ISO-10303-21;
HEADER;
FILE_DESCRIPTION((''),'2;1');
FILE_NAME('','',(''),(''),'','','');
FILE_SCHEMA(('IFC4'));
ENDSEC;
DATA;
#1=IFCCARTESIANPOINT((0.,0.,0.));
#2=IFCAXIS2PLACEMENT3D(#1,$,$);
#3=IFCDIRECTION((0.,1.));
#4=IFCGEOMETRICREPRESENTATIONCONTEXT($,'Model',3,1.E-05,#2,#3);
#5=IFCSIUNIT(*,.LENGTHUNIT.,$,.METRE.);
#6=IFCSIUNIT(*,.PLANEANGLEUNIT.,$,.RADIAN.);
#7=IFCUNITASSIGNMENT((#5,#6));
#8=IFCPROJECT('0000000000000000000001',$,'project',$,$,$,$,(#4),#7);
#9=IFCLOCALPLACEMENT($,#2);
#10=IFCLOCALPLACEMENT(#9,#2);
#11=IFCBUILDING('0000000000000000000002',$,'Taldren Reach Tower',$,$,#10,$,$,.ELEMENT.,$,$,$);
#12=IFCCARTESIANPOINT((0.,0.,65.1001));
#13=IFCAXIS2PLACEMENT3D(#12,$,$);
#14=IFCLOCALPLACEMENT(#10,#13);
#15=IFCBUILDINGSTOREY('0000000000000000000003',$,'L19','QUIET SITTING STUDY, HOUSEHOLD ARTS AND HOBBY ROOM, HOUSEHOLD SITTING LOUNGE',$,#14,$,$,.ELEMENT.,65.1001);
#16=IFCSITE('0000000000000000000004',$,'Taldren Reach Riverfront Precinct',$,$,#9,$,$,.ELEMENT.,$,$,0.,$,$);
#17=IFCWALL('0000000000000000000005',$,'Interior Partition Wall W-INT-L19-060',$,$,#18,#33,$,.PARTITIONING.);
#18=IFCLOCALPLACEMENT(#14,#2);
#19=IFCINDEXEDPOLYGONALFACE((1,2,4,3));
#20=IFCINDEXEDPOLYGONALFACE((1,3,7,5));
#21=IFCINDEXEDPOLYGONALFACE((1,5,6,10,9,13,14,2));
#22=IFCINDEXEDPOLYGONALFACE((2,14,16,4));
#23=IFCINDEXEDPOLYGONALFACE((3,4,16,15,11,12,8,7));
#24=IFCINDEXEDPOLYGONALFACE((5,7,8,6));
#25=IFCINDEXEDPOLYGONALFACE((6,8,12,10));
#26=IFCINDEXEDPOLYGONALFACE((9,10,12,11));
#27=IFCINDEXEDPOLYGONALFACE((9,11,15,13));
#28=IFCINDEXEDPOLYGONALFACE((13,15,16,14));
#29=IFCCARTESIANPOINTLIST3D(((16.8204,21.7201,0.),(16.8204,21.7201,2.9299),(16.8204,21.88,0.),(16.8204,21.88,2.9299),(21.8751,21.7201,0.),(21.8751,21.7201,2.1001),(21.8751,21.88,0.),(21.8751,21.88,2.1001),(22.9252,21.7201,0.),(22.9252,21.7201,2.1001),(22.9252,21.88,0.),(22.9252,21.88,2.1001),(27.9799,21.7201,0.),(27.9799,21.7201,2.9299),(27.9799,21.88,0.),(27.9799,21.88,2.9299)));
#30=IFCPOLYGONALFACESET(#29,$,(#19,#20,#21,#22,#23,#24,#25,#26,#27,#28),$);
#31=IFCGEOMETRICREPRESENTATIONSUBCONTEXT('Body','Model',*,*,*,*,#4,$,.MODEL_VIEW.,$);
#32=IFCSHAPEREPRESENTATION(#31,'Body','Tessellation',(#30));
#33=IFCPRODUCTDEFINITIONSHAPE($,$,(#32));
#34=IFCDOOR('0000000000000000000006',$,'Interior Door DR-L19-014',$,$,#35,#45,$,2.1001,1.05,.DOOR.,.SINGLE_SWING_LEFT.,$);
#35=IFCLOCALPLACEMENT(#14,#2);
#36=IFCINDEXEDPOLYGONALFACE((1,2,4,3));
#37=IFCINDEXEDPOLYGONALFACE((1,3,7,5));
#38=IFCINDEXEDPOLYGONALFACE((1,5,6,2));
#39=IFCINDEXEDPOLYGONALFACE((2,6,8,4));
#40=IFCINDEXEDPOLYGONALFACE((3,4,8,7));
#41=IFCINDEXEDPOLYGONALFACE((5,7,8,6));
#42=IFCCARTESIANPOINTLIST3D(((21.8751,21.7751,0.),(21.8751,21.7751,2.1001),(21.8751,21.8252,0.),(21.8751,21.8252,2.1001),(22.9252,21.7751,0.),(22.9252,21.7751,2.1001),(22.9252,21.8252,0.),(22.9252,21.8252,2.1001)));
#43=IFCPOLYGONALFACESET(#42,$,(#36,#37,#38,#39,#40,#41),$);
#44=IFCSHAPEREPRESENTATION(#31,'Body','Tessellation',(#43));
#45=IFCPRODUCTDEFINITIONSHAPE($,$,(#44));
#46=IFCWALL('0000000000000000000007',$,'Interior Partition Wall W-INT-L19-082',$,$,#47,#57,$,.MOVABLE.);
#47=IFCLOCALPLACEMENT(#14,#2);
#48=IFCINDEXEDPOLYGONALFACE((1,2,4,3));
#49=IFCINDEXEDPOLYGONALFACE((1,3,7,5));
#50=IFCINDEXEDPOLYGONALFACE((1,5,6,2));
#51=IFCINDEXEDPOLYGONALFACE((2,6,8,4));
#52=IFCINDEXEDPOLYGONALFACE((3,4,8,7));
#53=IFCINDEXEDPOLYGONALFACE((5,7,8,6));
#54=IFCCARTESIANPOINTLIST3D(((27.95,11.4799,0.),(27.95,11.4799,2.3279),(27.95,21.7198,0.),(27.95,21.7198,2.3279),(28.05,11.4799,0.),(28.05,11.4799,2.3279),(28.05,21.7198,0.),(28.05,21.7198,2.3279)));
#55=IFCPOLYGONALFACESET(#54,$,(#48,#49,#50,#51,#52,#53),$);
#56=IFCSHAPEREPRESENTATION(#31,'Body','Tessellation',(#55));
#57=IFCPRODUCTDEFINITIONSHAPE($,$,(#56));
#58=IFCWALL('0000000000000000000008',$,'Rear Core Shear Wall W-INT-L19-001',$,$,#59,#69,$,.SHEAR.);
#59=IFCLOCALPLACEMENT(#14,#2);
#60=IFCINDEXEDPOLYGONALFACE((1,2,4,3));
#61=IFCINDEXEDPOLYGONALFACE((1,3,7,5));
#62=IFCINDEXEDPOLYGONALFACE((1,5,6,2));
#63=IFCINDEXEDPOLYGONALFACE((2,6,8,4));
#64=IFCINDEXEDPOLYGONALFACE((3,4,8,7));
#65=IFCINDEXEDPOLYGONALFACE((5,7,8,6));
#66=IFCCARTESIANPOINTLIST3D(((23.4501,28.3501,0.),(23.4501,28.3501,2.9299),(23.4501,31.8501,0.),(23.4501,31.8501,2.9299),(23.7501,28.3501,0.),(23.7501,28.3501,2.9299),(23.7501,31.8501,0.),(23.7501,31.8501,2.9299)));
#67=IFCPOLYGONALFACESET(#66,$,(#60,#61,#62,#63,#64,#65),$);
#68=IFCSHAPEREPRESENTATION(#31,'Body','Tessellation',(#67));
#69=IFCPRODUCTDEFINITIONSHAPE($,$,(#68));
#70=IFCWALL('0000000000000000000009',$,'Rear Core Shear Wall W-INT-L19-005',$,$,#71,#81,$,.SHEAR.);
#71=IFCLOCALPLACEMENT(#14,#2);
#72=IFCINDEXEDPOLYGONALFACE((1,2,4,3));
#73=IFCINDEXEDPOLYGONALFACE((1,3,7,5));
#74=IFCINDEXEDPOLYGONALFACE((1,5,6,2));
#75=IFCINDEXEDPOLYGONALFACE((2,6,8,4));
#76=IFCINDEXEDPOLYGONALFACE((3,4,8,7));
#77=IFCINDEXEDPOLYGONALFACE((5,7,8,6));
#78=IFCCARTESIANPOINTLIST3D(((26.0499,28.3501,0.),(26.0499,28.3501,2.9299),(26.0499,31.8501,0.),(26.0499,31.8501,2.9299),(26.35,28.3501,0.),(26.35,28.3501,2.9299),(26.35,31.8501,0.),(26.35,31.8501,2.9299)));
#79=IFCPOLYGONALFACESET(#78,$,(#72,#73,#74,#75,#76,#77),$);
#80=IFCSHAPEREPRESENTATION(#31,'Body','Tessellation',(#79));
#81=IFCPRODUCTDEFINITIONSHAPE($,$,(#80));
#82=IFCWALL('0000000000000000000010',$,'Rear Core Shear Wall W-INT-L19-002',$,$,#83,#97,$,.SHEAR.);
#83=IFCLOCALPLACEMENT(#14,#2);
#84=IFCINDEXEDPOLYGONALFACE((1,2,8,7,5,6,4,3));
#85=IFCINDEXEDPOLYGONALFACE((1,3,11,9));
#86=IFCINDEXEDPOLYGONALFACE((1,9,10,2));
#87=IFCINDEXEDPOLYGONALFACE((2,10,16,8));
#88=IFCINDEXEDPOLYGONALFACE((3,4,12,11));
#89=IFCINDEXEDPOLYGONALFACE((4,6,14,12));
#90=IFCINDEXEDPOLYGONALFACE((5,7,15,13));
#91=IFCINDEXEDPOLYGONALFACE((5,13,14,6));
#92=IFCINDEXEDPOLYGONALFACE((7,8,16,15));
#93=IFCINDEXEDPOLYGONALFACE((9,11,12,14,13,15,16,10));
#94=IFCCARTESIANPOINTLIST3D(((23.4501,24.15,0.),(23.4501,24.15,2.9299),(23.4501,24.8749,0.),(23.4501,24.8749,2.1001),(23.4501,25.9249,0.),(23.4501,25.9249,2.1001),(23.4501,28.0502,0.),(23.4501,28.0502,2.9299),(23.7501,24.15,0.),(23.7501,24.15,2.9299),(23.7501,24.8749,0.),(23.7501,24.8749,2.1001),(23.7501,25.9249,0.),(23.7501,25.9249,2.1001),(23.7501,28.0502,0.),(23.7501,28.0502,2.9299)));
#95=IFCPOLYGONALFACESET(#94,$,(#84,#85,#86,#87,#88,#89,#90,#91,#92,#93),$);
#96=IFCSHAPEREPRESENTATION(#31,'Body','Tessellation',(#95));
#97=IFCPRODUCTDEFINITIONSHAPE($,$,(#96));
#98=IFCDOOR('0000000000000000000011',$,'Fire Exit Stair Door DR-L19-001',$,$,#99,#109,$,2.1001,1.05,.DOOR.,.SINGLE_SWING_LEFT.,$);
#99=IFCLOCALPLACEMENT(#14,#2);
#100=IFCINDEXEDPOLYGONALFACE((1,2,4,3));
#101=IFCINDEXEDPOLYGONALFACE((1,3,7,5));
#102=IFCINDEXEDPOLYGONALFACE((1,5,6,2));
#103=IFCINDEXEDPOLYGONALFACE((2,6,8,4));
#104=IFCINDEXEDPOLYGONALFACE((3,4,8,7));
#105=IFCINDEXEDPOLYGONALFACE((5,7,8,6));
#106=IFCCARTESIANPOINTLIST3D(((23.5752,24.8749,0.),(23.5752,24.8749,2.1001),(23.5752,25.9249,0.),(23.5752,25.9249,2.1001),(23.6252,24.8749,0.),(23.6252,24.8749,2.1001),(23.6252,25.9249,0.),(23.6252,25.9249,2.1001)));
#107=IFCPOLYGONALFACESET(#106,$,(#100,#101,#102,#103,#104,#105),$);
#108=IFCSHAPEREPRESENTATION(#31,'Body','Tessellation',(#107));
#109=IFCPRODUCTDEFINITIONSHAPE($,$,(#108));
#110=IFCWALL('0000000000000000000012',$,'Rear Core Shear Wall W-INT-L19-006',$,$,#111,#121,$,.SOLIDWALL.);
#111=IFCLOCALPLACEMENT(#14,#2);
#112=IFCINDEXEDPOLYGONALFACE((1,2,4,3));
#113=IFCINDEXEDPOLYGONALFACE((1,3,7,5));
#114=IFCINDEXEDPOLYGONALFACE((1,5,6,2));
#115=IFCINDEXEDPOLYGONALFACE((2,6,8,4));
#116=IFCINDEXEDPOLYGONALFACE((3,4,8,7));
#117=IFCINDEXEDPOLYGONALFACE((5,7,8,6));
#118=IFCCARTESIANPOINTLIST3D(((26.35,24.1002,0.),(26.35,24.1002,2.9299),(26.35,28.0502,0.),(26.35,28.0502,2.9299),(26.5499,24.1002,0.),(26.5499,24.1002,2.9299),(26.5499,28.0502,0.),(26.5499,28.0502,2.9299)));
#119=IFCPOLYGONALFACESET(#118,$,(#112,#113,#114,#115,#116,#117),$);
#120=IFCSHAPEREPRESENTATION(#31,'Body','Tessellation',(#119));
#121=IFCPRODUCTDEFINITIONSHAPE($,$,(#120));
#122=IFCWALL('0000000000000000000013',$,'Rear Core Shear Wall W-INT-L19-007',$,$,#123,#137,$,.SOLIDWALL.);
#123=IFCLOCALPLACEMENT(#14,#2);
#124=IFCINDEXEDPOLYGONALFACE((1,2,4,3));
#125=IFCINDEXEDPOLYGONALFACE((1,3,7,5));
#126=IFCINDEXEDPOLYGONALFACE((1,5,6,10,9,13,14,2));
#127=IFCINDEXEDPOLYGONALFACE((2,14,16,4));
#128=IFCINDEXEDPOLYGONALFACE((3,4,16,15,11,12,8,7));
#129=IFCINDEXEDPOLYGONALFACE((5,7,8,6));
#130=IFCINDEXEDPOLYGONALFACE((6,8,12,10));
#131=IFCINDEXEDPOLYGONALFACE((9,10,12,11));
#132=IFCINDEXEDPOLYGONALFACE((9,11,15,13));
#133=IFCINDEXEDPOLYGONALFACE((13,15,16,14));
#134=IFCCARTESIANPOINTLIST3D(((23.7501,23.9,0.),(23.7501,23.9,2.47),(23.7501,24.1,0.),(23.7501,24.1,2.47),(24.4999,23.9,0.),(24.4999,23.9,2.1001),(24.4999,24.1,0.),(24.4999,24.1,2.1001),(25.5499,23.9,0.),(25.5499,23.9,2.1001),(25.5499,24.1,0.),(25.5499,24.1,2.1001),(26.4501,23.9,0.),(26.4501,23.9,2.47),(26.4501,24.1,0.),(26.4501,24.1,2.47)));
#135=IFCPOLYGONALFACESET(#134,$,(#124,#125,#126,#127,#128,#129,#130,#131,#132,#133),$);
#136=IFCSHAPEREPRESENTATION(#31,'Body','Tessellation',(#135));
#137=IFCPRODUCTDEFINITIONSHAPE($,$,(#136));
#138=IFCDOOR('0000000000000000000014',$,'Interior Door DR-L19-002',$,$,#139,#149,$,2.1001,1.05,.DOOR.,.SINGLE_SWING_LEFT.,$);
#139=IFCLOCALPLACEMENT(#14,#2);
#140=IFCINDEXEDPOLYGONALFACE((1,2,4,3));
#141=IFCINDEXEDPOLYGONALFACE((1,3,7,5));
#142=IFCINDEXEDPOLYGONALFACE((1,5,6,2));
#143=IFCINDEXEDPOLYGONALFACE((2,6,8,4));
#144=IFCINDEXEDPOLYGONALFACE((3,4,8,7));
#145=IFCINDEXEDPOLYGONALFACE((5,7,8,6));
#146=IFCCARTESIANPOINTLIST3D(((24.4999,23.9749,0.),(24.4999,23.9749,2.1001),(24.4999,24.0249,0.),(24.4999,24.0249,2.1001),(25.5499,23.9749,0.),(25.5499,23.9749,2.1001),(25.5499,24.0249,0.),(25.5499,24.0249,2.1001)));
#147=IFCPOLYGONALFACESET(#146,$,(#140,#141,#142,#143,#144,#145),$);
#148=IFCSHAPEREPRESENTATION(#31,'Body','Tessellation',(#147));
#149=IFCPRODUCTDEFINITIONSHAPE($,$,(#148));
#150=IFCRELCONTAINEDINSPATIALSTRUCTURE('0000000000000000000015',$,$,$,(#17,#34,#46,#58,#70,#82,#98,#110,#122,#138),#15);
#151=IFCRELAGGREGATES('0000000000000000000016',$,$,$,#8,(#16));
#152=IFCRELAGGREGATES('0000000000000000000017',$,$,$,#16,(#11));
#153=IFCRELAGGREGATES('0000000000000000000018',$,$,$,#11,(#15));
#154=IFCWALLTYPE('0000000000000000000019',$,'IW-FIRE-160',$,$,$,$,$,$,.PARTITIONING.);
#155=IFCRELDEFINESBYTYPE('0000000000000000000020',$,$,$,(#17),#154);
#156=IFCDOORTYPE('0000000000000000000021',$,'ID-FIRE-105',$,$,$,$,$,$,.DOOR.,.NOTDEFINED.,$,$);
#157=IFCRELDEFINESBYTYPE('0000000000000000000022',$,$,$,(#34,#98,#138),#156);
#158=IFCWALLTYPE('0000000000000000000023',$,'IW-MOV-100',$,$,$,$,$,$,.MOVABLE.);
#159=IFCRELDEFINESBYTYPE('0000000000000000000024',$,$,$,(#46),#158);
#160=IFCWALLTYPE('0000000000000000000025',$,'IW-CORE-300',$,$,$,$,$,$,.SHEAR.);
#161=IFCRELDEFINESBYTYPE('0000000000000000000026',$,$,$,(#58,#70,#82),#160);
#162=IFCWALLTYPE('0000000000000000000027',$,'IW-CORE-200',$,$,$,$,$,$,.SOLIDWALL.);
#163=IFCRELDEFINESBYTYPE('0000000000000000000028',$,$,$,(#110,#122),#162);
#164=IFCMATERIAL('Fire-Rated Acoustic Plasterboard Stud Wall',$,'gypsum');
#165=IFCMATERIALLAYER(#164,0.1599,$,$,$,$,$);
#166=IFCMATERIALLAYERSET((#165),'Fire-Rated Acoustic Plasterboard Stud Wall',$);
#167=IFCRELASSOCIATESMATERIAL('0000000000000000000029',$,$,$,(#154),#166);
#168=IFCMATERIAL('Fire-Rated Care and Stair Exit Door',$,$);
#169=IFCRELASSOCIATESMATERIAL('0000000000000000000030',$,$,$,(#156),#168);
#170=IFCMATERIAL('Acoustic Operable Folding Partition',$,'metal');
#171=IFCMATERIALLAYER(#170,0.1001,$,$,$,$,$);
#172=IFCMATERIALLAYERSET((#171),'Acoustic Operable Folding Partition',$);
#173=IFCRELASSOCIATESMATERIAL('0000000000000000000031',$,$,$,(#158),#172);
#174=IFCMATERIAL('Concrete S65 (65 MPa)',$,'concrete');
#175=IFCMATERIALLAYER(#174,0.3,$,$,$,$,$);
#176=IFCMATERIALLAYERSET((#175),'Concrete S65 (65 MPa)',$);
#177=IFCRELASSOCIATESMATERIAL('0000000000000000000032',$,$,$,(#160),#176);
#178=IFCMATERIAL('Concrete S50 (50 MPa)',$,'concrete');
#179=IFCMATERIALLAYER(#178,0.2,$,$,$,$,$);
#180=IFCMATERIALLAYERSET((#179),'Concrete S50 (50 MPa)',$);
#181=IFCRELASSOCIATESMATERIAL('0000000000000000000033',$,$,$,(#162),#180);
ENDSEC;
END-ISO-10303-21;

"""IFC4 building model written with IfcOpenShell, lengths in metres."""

from ifc_helpers import new_model, si_unit, direction, frame, frame_2d, origin, place, context, subcontext, project, spatial, rectangle, extrude, source, transform, mapped, material, layer, layer_set, type_object, element, fill, save


model = new_model("IFC4")

# Units and contexts
model_context = context("Model", 3, precision=1e-05, world=origin(), true_north=direction((0.0, 1.0)))
body_context = subcontext(model_context, "Body", "Model", "MODEL_VIEW")
ifc_project = project(units=[si_unit("LENGTHUNIT", "METRE"), si_unit("PLANEANGLEUNIT", "RADIAN")], contexts=[model_context])

# Site, building, storey
site_placement = place(None, origin())
site = spatial("IfcSite", under=ifc_project, at=site_placement, Name="Taldren Reach Riverfront Precinct", CompositionType="ELEMENT", RefElevation=0.0)
building_placement = place(site_placement, origin())
building = spatial("IfcBuilding", under=site, at=building_placement, Name="Taldren Reach Tower", CompositionType="ELEMENT")
storey_placement = place(building_placement, frame((0.0, 0.0, 65.1001)))
storey = spatial("IfcBuildingStorey", under=building, at=storey_placement, Name="L19", Description="QUIET SITTING STUDY, HOUSEHOLD ARTS AND HOBBY ROOM, HOUSEHOLD SITTING LOUNGE", CompositionType="ELEMENT", Elevation=65.1001)

# Shared definitions
ifc_material_1 = material(Name="Concrete S65 (65 MPa)", Category="concrete")

# Wall, opening, door
ifc_material_2 = material(Name="Fire-Rated Acoustic Plasterboard Stud Wall", Category="gypsum")
ifc_layer_1 = layer(ifc_material_2, 0.1599)
ifc_layer_set_1 = layer_set([ifc_layer_1], Name="Fire-Rated Acoustic Plasterboard Stud Wall")
wall_type_1 = type_object("IfcWallType", Name="IW-FIRE-160", PredefinedType="PARTITIONING", material=ifc_layer_set_1)
shared_shape_1 = source(origin(), body_context, "Body", "SweptSolid", [
    extrude(rectangle(XDim=11.1594, YDim=0.1599, at=frame_2d((5.5796, 0.0))), origin(), (0.0, 0.0, 1.0), 2.9299),
])
wall_1_placement = place(storey_placement, frame((27.9797, 21.8, 0.0), z_axis=(0.0, 0.0, 1.0), x_axis=(-1.0, 0.0, 0.0)))
wall_1 = element("IfcWall", 1, at=wall_1_placement, inside=storey, type_object=wall_type_1, Name="Interior Partition Wall W-INT-L19-060", PredefinedType="PARTITIONING", context=body_context, shape_type="MappedRepresentation", body=[
    mapped(shared_shape_1, transform((0.0, 0.0, 0.0), scale=1.0)),
])
shared_shape_2 = source(origin(), body_context, "Body", "SweptSolid", [
    extrude(rectangle(XDim=1.05, YDim=2.1001, at=frame_2d((0.5249, 1.05))), frame((0.0, 0.0898, 0.0), z_axis=(0.0, -1.0, 0.0), x_axis=(1.0, 0.0, 0.0)), (0.0, 0.0, 1.0), 0.1799),
])
opening_1_placement = place(wall_1_placement, frame((5.0547, 0.0, 0.0)))
opening_1 = element("IfcOpeningElement", 2, at=opening_1_placement, cuts=wall_1, PredefinedType="OPENING", context=body_context, shape_type="MappedRepresentation", body=[
    mapped(shared_shape_2, transform((0.0, 0.0, 0.0), scale=1.0)),
])
ifc_material_3 = material(Name="Fire-Rated Care and Stair Exit Door")
door_type_1 = type_object("IfcDoorType", Name="ID-FIRE-105", OperationType="NOTDEFINED", PredefinedType="DOOR", material=ifc_material_3)
shared_shape_3 = source(origin(), body_context, "Body", "SweptSolid", [
    extrude(rectangle(XDim=1.05, YDim=2.1001, at=frame_2d((0.5249, 1.05))), frame((0.0, 0.0249, 0.0), z_axis=(0.0, -1.0, 0.0), x_axis=(1.0, 0.0, 0.0)), (0.0, 0.0, 1.0), 0.05),
])
door_1_placement = place(opening_1_placement, origin())
door_1 = element("IfcDoor", 3, at=door_1_placement, inside=storey, type_object=door_type_1, Name="Interior Door DR-L19-014", OperationType="SINGLE_SWING_LEFT", OverallHeight=2.1001, OverallWidth=1.05, PredefinedType="DOOR", context=body_context, shape_type="MappedRepresentation", body=[
    mapped(shared_shape_3, transform((0.0, 0.0, 0.0), scale=1.0)),
])
fill(opening_1, door_1)

# Walls
ifc_material_4 = material(Name="Acoustic Operable Folding Partition", Category="metal")
ifc_layer_2 = layer(ifc_material_4, 0.1001)
ifc_layer_set_2 = layer_set([ifc_layer_2], Name="Acoustic Operable Folding Partition")
wall_type_2 = type_object("IfcWallType", Name="IW-MOV-100", PredefinedType="MOVABLE", material=ifc_layer_set_2)
shared_shape_4 = source(origin(), body_context, "Body", "SweptSolid", [
    extrude(rectangle(XDim=10.24, YDim=0.1001, at=frame_2d((5.1201, 0.0))), origin(), (0.0, 0.0, 1.0), 2.3279),
])
wall_2_placement = place(storey_placement, frame((28.0, 21.72, 0.0), z_axis=(0.0, 0.0, 1.0), x_axis=(0.0, -1.0, 0.0)))
element("IfcWall", 4, at=wall_2_placement, inside=storey, type_object=wall_type_2, Name="Interior Partition Wall W-INT-L19-082", PredefinedType="MOVABLE", context=body_context, shape_type="MappedRepresentation", body=[
    mapped(shared_shape_4, transform((0.0, 0.0, 0.0), scale=1.0)),
])
ifc_layer_3 = layer(ifc_material_1, 0.3)
ifc_layer_set_3 = layer_set([ifc_layer_3], Name="Concrete S65 (65 MPa)")
wall_type_3 = type_object("IfcWallType", Name="IW-CORE-300", PredefinedType="SHEAR", material=ifc_layer_set_3)
shared_shape_5 = source(origin(), body_context, "Body", "SweptSolid", [
    extrude(rectangle(XDim=3.5, YDim=0.3, at=frame_2d((1.75, 0.0))), origin(), (0.0, 0.0, 1.0), 2.9299),
])
for number, where, z_axis, x_axis, name in (
    (5, (23.6001, 28.3501, 0.0), (0.0, 0.0, 1.0), (0.0, 1.0, 0.0), "Rear Core Shear Wall W-INT-L19-001"),
    (6, (26.2, 28.3501, 0.0), (0.0, 0.0, 1.0), (0.0, 1.0, 0.0), "Rear Core Shear Wall W-INT-L19-005"),
):
    element("IfcWall", number, at=place(storey_placement, frame(where, z_axis=z_axis, x_axis=x_axis)), inside=storey, type_object=wall_type_3, Name=name, PredefinedType="SHEAR", context=body_context, shape_type="MappedRepresentation", body=[
        mapped(shared_shape_5, transform((0.0, 0.0, 0.0), scale=1.0)),
    ])

# Wall, opening, door
shared_shape_6 = source(origin(), body_context, "Body", "SweptSolid", [
    extrude(rectangle(XDim=3.9001, YDim=0.3, at=frame_2d((1.9502, 0.0))), origin(), (0.0, 0.0, 1.0), 2.9299),
])
wall_3_placement = place(storey_placement, frame((23.6001, 24.1499, 0.0), z_axis=(0.0, 0.0, 1.0), x_axis=(0.0, 1.0, 0.0)))
wall_3 = element("IfcWall", 7, at=wall_3_placement, inside=storey, type_object=wall_type_3, Name="Rear Core Shear Wall W-INT-L19-002", PredefinedType="SHEAR", context=body_context, shape_type="MappedRepresentation", body=[
    mapped(shared_shape_6, transform((0.0, 0.0, 0.0), scale=1.0)),
])
shared_shape_7 = source(origin(), body_context, "Body", "SweptSolid", [
    extrude(rectangle(XDim=1.05, YDim=2.1001, at=frame_2d((0.5249, 1.05))), frame((0.0, 0.1602, 0.0), z_axis=(0.0, -1.0, 0.0), x_axis=(1.0, 0.0, 0.0)), (0.0, 0.0, 1.0), 0.3201),
])
opening_2_placement = place(wall_3_placement, frame((0.7251, 0.0, 0.0)))
opening_2 = element("IfcOpeningElement", 8, at=opening_2_placement, cuts=wall_3, PredefinedType="OPENING", context=body_context, shape_type="MappedRepresentation", body=[
    mapped(shared_shape_7, transform((0.0, 0.0, 0.0), scale=1.0)),
])
door_2_placement = place(opening_2_placement, origin())
door_2 = element("IfcDoor", 9, at=door_2_placement, inside=storey, type_object=door_type_1, Name="Fire Exit Stair Door DR-L19-001", OperationType="SINGLE_SWING_LEFT", OverallHeight=2.1001, OverallWidth=1.05, PredefinedType="DOOR", context=body_context, shape_type="MappedRepresentation", body=[
    mapped(shared_shape_3, transform((0.0, 0.0, 0.0), scale=1.0)),
])
fill(opening_2, door_2)

# Wall
ifc_material_5 = material(Name="Concrete S50 (50 MPa)", Category="concrete")
ifc_layer_4 = layer(ifc_material_5, 0.2)
ifc_layer_set_4 = layer_set([ifc_layer_4], Name="Concrete S50 (50 MPa)")
wall_type_4 = type_object("IfcWallType", Name="IW-CORE-200", PredefinedType="SOLIDWALL", material=ifc_layer_set_4)
shared_shape_8 = source(origin(), body_context, "Body", "SweptSolid", [
    extrude(rectangle(XDim=3.95, YDim=0.2, at=frame_2d((1.9751, 0.0))), origin(), (0.0, 0.0, 1.0), 2.9299),
])
wall_4_placement = place(storey_placement, frame((26.45, 24.1001, 0.0), z_axis=(0.0, 0.0, 1.0), x_axis=(0.0, 1.0, 0.0)))
element("IfcWall", 10, at=wall_4_placement, inside=storey, type_object=wall_type_4, Name="Rear Core Shear Wall W-INT-L19-006", PredefinedType="SOLIDWALL", context=body_context, shape_type="MappedRepresentation", body=[
    mapped(shared_shape_8, transform((0.0, 0.0, 0.0), scale=1.0)),
])

# Wall, opening, door
shared_shape_9 = source(origin(), body_context, "Body", "SweptSolid", [
    extrude(rectangle(XDim=2.7, YDim=0.2, at=frame_2d((1.3501, 0.0))), origin(), (0.0, 0.0, 1.0), 2.47),
])
wall_5_placement = place(storey_placement, frame((23.75, 24.0, 0.0), z_axis=(0.0, 0.0, 1.0), x_axis=(1.0, 0.0, 0.0)))
wall_5 = element("IfcWall", 11, at=wall_5_placement, inside=storey, type_object=wall_type_4, Name="Rear Core Shear Wall W-INT-L19-007", PredefinedType="SOLIDWALL", context=body_context, shape_type="MappedRepresentation", body=[
    mapped(shared_shape_9, transform((0.0, 0.0, 0.0), scale=1.0)),
])
shared_shape_10 = source(origin(), body_context, "Body", "SweptSolid", [
    extrude(rectangle(XDim=1.05, YDim=2.1001, at=frame_2d((0.5249, 1.05))), frame((0.0, 0.1099, 0.0), z_axis=(0.0, -1.0, 0.0), x_axis=(1.0, 0.0, 0.0)), (0.0, 0.0, 1.0), 0.22),
])
opening_3_placement = place(wall_5_placement, frame((0.75, 0.0, 0.0)))
opening_3 = element("IfcOpeningElement", 12, at=opening_3_placement, cuts=wall_5, PredefinedType="OPENING", context=body_context, shape_type="MappedRepresentation", body=[
    mapped(shared_shape_10, transform((0.0, 0.0, 0.0), scale=1.0)),
])
door_3_placement = place(opening_3_placement, origin())
door_3 = element("IfcDoor", 13, at=door_3_placement, inside=storey, type_object=door_type_1, Name="Interior Door DR-L19-002", OperationType="SINGLE_SWING_LEFT", OverallHeight=2.1001, OverallWidth=1.05, PredefinedType="DOOR", context=body_context, shape_type="MappedRepresentation", body=[
    mapped(shared_shape_3, transform((0.0, 0.0, 0.0), scale=1.0)),
])
fill(opening_3, door_3)

save(model, "model.ifc")
